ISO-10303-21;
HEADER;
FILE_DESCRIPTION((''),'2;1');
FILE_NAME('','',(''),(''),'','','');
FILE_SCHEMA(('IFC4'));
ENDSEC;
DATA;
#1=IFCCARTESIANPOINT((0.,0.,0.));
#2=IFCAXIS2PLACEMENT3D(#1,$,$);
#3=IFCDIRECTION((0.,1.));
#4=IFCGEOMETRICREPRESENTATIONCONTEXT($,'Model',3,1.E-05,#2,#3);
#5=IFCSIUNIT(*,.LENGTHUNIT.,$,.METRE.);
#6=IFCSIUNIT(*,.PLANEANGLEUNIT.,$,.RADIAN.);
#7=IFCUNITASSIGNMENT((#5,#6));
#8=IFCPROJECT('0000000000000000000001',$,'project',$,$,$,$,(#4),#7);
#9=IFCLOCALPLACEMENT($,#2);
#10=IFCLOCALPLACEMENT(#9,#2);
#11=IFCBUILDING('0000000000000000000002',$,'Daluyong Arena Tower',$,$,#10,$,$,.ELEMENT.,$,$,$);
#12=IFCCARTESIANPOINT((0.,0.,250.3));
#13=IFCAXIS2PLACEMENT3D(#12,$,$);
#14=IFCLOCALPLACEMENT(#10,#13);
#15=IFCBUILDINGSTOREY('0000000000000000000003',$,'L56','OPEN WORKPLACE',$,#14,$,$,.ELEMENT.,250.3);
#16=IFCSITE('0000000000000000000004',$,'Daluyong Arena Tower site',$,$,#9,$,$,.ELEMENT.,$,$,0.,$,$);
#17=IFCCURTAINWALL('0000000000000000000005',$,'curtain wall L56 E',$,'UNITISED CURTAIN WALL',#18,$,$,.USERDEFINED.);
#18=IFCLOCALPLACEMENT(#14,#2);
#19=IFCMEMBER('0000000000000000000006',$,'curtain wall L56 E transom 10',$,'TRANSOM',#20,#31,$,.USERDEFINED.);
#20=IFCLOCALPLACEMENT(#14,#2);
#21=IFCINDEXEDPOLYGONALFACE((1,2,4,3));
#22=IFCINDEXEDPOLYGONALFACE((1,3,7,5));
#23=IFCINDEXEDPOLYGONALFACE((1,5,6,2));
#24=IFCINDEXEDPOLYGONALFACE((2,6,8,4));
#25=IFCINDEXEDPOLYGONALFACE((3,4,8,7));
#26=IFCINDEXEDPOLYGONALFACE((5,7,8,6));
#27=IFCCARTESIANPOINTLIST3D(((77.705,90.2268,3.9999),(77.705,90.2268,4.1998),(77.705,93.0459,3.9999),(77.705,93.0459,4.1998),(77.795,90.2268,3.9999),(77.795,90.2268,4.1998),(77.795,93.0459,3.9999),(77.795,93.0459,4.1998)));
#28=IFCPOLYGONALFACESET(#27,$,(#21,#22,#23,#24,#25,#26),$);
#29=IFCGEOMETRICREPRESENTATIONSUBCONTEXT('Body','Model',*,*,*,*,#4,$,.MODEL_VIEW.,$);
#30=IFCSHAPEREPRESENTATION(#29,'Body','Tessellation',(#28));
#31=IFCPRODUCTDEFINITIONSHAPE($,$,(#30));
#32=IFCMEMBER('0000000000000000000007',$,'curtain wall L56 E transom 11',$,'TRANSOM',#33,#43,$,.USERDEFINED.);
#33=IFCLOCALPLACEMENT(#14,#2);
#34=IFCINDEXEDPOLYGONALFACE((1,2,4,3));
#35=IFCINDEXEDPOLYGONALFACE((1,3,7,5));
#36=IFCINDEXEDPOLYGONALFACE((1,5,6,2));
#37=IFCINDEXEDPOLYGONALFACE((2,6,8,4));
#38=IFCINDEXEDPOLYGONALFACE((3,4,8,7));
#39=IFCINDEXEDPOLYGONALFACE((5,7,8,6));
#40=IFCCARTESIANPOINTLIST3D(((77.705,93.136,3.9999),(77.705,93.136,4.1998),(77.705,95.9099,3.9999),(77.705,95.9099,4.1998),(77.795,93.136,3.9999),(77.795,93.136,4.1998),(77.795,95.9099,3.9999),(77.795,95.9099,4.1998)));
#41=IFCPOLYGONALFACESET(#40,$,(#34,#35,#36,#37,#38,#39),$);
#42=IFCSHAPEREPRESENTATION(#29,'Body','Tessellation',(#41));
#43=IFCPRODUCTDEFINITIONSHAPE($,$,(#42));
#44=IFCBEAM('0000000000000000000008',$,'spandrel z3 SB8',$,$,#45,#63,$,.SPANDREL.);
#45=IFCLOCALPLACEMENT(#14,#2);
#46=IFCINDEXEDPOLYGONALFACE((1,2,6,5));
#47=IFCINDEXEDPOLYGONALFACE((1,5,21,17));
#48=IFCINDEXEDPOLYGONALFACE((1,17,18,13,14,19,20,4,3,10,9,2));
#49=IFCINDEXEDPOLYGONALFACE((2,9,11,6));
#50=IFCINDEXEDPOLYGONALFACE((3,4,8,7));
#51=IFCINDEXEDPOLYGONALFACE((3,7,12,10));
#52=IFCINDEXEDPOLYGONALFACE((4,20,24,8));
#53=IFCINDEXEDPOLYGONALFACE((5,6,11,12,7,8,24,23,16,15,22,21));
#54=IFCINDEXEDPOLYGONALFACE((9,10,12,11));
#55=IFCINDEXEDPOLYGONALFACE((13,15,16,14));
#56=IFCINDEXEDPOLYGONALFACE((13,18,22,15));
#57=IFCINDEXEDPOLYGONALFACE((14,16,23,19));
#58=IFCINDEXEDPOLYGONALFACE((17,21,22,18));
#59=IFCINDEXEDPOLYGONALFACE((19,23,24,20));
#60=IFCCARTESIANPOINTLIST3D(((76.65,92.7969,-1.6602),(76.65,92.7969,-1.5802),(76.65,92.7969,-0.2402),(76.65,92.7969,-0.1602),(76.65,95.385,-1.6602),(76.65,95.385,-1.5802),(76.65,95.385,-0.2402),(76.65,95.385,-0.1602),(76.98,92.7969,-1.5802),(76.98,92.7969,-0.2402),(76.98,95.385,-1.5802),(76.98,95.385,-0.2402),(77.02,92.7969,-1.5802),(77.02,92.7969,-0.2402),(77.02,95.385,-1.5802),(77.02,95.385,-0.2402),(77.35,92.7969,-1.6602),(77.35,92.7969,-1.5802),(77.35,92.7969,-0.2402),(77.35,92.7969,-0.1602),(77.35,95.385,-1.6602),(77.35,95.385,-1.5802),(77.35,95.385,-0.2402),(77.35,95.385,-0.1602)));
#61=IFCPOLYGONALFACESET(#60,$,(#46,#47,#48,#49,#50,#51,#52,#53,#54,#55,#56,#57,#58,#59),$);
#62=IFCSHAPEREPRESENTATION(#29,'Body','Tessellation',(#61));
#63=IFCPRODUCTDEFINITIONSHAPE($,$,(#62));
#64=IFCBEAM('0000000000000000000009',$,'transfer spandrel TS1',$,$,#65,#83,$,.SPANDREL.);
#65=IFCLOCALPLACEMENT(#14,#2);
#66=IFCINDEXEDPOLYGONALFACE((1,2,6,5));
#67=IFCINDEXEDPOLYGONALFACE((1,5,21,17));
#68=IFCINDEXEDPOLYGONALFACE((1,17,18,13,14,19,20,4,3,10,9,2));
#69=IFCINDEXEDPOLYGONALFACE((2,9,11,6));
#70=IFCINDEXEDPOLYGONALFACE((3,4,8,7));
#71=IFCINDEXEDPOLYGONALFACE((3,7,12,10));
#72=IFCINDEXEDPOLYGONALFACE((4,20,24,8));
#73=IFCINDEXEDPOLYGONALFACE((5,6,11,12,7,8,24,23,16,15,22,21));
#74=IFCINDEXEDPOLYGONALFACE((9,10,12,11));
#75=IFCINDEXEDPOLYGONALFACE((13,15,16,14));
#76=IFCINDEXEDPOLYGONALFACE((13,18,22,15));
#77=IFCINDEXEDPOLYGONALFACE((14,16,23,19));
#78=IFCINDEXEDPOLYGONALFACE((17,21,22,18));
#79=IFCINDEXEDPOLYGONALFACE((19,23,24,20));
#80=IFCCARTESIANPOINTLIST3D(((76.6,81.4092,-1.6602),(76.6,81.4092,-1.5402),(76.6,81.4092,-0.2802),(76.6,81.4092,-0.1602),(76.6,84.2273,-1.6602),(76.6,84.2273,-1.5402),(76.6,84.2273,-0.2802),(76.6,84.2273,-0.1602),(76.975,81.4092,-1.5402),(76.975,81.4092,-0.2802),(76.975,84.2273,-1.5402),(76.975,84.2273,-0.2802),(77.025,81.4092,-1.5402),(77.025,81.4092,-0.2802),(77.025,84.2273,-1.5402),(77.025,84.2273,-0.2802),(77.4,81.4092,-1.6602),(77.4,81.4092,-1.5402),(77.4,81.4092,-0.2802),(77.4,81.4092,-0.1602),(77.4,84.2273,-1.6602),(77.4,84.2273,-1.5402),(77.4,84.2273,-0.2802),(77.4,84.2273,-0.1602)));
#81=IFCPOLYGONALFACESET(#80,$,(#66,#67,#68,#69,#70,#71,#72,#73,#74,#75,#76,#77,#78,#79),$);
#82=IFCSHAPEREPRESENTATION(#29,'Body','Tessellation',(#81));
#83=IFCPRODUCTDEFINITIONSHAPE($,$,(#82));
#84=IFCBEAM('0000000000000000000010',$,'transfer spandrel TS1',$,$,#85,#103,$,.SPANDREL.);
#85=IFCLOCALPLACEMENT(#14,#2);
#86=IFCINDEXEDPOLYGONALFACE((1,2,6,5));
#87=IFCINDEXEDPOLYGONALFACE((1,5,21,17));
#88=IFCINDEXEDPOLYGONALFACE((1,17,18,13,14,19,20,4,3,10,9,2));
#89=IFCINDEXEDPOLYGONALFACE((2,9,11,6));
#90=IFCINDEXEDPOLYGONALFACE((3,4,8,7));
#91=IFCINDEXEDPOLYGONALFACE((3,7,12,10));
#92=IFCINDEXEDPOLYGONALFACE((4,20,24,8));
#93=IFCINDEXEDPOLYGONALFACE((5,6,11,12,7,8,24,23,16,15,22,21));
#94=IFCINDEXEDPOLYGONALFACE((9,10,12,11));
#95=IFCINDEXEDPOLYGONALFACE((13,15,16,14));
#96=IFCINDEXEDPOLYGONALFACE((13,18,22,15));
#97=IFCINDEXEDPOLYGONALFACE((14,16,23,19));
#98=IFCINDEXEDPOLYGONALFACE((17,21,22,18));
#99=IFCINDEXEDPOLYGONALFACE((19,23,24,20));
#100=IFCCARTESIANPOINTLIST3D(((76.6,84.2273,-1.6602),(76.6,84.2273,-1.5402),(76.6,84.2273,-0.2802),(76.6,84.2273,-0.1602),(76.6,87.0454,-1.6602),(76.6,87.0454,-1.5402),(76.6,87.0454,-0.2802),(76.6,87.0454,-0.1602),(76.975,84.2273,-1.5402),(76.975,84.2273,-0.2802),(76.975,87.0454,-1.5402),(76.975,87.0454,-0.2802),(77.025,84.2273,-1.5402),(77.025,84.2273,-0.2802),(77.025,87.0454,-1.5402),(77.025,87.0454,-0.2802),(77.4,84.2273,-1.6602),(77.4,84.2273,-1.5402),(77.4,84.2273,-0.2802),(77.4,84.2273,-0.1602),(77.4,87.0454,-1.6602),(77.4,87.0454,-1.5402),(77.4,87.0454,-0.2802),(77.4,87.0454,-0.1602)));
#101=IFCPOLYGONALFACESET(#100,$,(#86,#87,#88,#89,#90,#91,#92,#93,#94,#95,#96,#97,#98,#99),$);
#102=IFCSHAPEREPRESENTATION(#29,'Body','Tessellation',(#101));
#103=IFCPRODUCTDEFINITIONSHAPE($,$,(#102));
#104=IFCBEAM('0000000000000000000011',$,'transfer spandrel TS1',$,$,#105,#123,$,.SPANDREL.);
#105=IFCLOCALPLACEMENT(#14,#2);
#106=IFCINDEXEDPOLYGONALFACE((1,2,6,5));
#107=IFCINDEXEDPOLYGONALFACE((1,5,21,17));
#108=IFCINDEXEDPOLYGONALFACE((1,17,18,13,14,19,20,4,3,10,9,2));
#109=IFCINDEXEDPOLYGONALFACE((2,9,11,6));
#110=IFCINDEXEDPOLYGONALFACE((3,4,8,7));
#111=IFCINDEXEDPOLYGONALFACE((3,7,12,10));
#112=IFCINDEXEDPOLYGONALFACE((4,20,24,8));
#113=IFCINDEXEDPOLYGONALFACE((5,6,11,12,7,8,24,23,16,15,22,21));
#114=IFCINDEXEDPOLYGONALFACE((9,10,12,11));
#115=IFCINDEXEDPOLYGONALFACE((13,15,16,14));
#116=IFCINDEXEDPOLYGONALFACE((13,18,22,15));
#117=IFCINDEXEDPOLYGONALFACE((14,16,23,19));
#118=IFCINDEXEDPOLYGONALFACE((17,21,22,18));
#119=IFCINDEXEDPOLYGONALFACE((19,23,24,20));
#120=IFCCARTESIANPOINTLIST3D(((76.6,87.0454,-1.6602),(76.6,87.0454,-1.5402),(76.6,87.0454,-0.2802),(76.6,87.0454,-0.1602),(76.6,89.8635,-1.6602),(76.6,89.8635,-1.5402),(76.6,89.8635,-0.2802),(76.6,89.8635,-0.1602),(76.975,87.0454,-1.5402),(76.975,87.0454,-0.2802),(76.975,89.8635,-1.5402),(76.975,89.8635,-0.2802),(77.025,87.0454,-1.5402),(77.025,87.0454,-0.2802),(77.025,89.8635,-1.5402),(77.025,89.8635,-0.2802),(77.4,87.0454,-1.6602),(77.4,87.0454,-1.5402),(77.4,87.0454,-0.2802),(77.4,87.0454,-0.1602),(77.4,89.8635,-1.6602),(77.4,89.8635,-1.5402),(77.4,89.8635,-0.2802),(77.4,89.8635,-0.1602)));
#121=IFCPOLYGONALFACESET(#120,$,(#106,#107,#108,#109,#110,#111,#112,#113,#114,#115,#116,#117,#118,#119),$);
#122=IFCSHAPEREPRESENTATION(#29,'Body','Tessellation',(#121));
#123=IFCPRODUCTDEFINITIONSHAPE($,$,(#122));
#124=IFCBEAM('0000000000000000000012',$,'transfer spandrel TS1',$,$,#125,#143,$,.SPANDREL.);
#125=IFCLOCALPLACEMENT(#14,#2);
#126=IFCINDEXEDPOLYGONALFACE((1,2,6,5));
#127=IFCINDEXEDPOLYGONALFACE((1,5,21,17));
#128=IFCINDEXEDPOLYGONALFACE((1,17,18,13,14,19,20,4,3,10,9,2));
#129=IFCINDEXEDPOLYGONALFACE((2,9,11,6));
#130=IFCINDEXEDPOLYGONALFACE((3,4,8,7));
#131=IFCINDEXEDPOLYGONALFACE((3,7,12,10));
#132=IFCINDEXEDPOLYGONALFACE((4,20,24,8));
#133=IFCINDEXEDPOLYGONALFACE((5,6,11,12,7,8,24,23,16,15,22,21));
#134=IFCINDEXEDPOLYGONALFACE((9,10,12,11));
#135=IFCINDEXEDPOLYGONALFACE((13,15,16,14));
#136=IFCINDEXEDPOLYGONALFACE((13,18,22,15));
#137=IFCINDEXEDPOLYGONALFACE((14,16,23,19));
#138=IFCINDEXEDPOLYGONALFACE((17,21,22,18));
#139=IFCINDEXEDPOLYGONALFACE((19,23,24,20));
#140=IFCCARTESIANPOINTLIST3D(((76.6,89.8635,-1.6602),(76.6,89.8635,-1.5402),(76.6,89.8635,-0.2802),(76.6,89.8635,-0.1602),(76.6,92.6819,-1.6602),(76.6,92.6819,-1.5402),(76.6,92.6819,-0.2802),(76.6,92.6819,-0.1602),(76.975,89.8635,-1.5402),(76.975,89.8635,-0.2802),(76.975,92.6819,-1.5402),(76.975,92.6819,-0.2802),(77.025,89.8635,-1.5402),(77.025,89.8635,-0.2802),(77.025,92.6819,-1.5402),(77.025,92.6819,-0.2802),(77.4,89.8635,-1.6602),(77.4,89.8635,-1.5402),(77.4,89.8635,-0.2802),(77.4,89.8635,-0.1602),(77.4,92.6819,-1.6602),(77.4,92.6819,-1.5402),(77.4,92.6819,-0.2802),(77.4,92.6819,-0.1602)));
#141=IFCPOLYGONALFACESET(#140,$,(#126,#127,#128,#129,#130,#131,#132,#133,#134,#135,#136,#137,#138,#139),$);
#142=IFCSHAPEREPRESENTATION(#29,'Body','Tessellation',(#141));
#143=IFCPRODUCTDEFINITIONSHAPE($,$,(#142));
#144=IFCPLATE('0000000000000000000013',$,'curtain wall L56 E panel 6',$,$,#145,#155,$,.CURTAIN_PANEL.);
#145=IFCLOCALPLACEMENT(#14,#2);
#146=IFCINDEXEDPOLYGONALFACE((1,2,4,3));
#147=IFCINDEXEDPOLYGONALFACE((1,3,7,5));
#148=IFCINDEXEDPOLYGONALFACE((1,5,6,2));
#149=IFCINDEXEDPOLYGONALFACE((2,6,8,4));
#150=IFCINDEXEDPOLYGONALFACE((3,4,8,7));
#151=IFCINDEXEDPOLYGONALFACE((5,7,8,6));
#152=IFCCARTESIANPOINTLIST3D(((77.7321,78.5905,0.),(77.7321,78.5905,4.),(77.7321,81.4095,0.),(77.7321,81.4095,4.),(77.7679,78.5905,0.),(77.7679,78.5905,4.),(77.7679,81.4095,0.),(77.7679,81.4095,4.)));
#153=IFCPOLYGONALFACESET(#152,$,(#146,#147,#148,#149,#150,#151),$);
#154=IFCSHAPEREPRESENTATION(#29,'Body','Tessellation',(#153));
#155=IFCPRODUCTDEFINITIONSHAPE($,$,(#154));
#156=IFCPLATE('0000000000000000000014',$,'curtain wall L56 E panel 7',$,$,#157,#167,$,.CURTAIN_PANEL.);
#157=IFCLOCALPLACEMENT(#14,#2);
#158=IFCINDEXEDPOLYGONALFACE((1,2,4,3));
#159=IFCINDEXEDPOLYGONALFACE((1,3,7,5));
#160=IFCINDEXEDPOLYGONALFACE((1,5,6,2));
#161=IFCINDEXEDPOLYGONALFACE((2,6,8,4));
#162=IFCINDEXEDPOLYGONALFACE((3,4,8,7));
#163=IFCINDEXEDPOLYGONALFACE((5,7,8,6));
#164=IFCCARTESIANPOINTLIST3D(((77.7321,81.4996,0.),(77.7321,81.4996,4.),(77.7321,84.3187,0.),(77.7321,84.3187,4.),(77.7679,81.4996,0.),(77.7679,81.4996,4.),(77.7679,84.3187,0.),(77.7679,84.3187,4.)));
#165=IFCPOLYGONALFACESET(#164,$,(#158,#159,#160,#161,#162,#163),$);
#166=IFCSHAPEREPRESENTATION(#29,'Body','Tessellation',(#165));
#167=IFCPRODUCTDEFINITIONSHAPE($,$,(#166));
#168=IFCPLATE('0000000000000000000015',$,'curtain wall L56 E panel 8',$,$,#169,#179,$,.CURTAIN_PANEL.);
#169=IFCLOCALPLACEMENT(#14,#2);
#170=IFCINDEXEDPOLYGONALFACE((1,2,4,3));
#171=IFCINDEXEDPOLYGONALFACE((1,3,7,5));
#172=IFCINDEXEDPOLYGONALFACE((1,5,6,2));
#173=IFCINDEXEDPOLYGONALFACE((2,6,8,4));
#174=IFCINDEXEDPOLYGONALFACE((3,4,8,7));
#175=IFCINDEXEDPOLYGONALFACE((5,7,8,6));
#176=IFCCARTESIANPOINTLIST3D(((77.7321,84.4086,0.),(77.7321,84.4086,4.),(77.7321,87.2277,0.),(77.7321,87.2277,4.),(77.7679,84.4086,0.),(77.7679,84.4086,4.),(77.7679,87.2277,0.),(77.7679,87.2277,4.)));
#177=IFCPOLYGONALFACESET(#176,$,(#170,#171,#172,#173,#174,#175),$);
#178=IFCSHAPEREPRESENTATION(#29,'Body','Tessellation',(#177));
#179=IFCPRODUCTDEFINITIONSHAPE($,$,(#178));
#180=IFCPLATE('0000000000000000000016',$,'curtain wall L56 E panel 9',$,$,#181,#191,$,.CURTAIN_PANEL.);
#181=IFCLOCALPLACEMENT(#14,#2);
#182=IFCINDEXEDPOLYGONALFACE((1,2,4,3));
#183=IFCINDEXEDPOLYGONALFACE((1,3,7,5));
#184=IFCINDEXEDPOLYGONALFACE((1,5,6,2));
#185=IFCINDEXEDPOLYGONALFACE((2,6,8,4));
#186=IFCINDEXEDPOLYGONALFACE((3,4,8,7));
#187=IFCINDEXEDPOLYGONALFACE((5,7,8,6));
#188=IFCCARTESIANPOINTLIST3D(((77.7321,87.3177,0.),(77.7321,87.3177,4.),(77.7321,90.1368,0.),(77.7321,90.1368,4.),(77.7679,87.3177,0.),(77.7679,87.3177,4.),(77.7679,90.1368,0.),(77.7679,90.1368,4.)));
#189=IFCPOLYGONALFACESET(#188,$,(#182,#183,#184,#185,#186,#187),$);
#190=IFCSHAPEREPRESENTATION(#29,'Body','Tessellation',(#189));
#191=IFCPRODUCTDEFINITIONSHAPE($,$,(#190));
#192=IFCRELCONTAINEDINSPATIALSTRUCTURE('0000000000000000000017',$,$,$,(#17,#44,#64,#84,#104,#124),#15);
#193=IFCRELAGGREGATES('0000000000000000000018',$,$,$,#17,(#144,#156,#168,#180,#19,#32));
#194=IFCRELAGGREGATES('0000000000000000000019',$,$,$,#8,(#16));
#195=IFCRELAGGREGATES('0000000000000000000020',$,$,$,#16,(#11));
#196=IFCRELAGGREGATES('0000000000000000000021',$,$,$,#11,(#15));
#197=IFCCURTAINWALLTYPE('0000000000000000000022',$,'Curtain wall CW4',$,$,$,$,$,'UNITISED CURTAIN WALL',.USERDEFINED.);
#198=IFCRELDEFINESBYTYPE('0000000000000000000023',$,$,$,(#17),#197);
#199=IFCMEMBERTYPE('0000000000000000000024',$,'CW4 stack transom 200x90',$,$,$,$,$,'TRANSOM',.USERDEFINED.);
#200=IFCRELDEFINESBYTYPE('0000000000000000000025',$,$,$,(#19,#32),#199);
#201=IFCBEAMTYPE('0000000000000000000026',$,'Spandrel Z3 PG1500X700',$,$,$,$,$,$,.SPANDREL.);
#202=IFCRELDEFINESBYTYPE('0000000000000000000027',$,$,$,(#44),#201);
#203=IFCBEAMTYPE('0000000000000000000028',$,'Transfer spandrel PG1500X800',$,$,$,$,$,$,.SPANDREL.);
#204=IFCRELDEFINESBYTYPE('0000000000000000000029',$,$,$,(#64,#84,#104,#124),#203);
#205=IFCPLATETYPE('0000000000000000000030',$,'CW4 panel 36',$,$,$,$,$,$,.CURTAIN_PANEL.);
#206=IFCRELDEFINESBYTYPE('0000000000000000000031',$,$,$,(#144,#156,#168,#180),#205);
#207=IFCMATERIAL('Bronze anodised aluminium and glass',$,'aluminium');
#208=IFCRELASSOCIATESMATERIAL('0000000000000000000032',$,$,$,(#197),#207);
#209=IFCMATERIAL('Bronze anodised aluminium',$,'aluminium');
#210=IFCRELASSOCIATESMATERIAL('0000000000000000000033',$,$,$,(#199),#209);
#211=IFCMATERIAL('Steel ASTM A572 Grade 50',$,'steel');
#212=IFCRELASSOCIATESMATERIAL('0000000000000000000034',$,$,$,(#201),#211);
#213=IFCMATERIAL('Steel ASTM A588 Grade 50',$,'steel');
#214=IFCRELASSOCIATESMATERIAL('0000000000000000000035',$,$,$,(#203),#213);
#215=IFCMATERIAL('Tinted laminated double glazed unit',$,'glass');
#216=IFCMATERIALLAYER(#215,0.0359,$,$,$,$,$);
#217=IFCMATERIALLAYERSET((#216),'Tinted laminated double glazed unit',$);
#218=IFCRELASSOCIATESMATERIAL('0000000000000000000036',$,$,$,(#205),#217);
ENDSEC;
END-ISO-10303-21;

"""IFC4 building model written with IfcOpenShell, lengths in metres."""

from ifc_helpers import new_model, si_unit, direction, frame, origin, origin_2d, place, context, subcontext, project, spatial, rectangle, i_section, extrude, material, layer, layer_set, material_profile, profile_set, type_object, element, aggregate, save


model = new_model("IFC4")

# Units and contexts
model_context = context("Model", 3, precision=1e-05, world=origin(), true_north=direction((0.0, 1.0)))
body_context = subcontext(model_context, "Body", "Model", "MODEL_VIEW")
ifc_project = project(units=[si_unit("LENGTHUNIT", "METRE"), si_unit("PLANEANGLEUNIT", "RADIAN")], contexts=[model_context])

# Site, building, storey
site_placement = place(None, origin())
site = spatial("IfcSite", under=ifc_project, at=site_placement, Name="Daluyong Arena Tower site", CompositionType="ELEMENT", RefElevation=0.0)
building_placement = place(site_placement, origin())
building = spatial("IfcBuilding", under=site, at=building_placement, Name="Daluyong Arena Tower", CompositionType="ELEMENT")
storey_placement = place(building_placement, frame((0.0, 0.0, 250.3)))
storey = spatial("IfcBuildingStorey", under=building, at=storey_placement, Name="L56", Description="OPEN WORKPLACE", CompositionType="ELEMENT", Elevation=250.3)

# Curtain wall, members
ifc_material_1 = material(Name="Bronze anodised aluminium and glass", Category="aluminium")
curtain_wall_type = type_object("IfcCurtainWallType", Name="Curtain wall CW4", ElementType="UNITISED CURTAIN WALL", PredefinedType="USERDEFINED", material=ifc_material_1)
curtain_wall_placement = place(storey_placement, origin())
curtain_wall = element("IfcCurtainWall", 1, at=curtain_wall_placement, inside=storey, type_object=curtain_wall_type, Name="curtain wall L56 E", ObjectType="UNITISED CURTAIN WALL", PredefinedType="USERDEFINED")
ifc_material_2 = material(Name="Bronze anodised aluminium", Category="aluminium")
ifc_material_profile_1 = material_profile(ifc_material_2, rectangle(XDim=0.0901, YDim=0.2, at=origin_2d()))
ifc_profile_set_1 = profile_set([ifc_material_profile_1], Name="Bronze anodised aluminium")
member_type_1 = type_object("IfcMemberType", Name="CW4 stack transom 200x90", ElementType="TRANSOM", PredefinedType="USERDEFINED", material=ifc_profile_set_1)
member_1_placement = place(storey_placement, frame((77.75, 90.2268, 4.0999), z_axis=(0.0, 1.0, 0.0), x_axis=(-1.0, 0.0, 0.0)))
member_1 = element("IfcMember", 2, at=member_1_placement, type_object=member_type_1, Name="curtain wall L56 E transom 10", ObjectType="TRANSOM", PredefinedType="USERDEFINED", context=body_context, shape_type="SweptSolid", body=[
    extrude(rectangle(XDim=0.0901, YDim=0.2, at=origin_2d()), origin(), (0.0, 0.0, 1.0), 2.8191),
])
member_2_placement = place(storey_placement, frame((77.75, 93.136, 4.0999), z_axis=(0.0, 1.0, 0.0), x_axis=(-1.0, 0.0, 0.0)))
member_2 = element("IfcMember", 3, at=member_2_placement, type_object=member_type_1, Name="curtain wall L56 E transom 11", ObjectType="TRANSOM", PredefinedType="USERDEFINED", context=body_context, shape_type="SweptSolid", body=[
    extrude(rectangle(XDim=0.0901, YDim=0.2, at=origin_2d()), origin(), (0.0, 0.0, 1.0), 2.7739),
])

# Beams
ifc_material_3 = material(Name="Steel ASTM A572 Grade 50", Category="steel")
ifc_material_profile_2 = material_profile(ifc_material_3, i_section(OverallWidth=0.7, OverallDepth=1.5, WebThickness=0.04, FlangeThickness=0.08, at=origin_2d()))
ifc_profile_set_2 = profile_set([ifc_material_profile_2], Name="Steel ASTM A572 Grade 50")
beam_type_1 = type_object("IfcBeamType", Name="Spandrel Z3 PG1500X700", PredefinedType="SPANDREL", material=ifc_profile_set_2)
beam_1_placement = place(storey_placement, frame((77.0, 92.7969, -0.9102), z_axis=(0.0, 1.0, 0.0), x_axis=(-1.0, 0.0, 0.0)))
element("IfcBeam", 4, at=beam_1_placement, inside=storey, type_object=beam_type_1, Name="spandrel z3 SB8", PredefinedType="SPANDREL", context=body_context, shape_type="SweptSolid", body=[
    extrude(i_section(OverallWidth=0.7, OverallDepth=1.5, WebThickness=0.04, FlangeThickness=0.08, at=origin_2d()), origin(), (0.0, 0.0, 1.0), 2.5881),
])
ifc_material_4 = material(Name="Steel ASTM A588 Grade 50", Category="steel")
ifc_material_profile_3 = material_profile(ifc_material_4, i_section(OverallWidth=0.8, OverallDepth=1.5, WebThickness=0.05, FlangeThickness=0.12, at=origin_2d()))
ifc_profile_set_3 = profile_set([ifc_material_profile_3], Name="Steel ASTM A588 Grade 50")
beam_type_2 = type_object("IfcBeamType", Name="Transfer spandrel PG1500X800", PredefinedType="SPANDREL", material=ifc_profile_set_3)
for number, where, z_axis, x_axis, name in (
    (5, (77.0, 81.4092, -0.9102), (0.0, 1.0, 0.0), (-1.0, 0.0, 0.0), "transfer spandrel TS1"),
    (6, (77.0, 84.2273, -0.9102), (0.0, 1.0, 0.0), (-1.0, 0.0, 0.0), "transfer spandrel TS1"),
    (7, (77.0, 87.0454, -0.9102), (0.0, 1.0, 0.0), (-1.0, 0.0, 0.0), "transfer spandrel TS1"),
):
    element("IfcBeam", number, at=place(storey_placement, frame(where, z_axis=z_axis, x_axis=x_axis)), inside=storey, type_object=beam_type_2, Name=name, PredefinedType="SPANDREL", context=body_context, shape_type="SweptSolid", body=[
        extrude(i_section(OverallWidth=0.8, OverallDepth=1.5, WebThickness=0.05, FlangeThickness=0.12, at=origin_2d()), origin(), (0.0, 0.0, 1.0), 2.8181),
    ])
beam_2_placement = place(storey_placement, frame((77.0, 89.8635, -0.9102), z_axis=(0.0, 1.0, 0.0), x_axis=(-1.0, 0.0, 0.0)))
element("IfcBeam", 8, at=beam_2_placement, inside=storey, type_object=beam_type_2, Name="transfer spandrel TS1", PredefinedType="SPANDREL", context=body_context, shape_type="SweptSolid", body=[
    extrude(i_section(OverallWidth=0.8, OverallDepth=1.5, WebThickness=0.05, FlangeThickness=0.12, at=origin_2d()), origin(), (0.0, 0.0, 1.0), 2.8184),
])

# Plates
ifc_material_5 = material(Name="Tinted laminated double glazed unit", Category="glass")
ifc_layer = layer(ifc_material_5, 0.0359)
ifc_layer_set = layer_set([ifc_layer], Name="Tinted laminated double glazed unit")
plate_type = type_object("IfcPlateType", Name="CW4 panel 36", PredefinedType="CURTAIN_PANEL", material=ifc_layer_set)
plate_1_placement = place(storey_placement, frame((77.75, 80.0, 0.0), z_axis=(0.0, 0.0, 1.0), x_axis=(0.0, 1.0, 0.0)))
plate_1 = element("IfcPlate", 9, at=plate_1_placement, type_object=plate_type, Name="curtain wall L56 E panel 6", PredefinedType="CURTAIN_PANEL", context=body_context, shape_type="SweptSolid", body=[
    extrude(rectangle(XDim=2.8191, YDim=0.0359, at=origin_2d()), origin(), (0.0, 0.0, 1.0), 4.0),
])
plate_2_placement = place(storey_placement, frame((77.75, 82.9092, 0.0), z_axis=(0.0, 0.0, 1.0), x_axis=(0.0, 1.0, 0.0)))
plate_2 = element("IfcPlate", 10, at=plate_2_placement, type_object=plate_type, Name="curtain wall L56 E panel 7", PredefinedType="CURTAIN_PANEL", context=body_context, shape_type="SweptSolid", body=[
    extrude(rectangle(XDim=2.8191, YDim=0.0359, at=origin_2d()), origin(), (0.0, 0.0, 1.0), 4.0),
])
plate_3_placement = place(storey_placement, frame((77.75, 85.8181, 0.0), z_axis=(0.0, 0.0, 1.0), x_axis=(0.0, 1.0, 0.0)))
plate_3 = element("IfcPlate", 11, at=plate_3_placement, type_object=plate_type, Name="curtain wall L56 E panel 8", PredefinedType="CURTAIN_PANEL", context=body_context, shape_type="SweptSolid", body=[
    extrude(rectangle(XDim=2.8191, YDim=0.0359, at=origin_2d()), origin(), (0.0, 0.0, 1.0), 4.0),
])
plate_4_placement = place(storey_placement, frame((77.75, 88.7273, 0.0), z_axis=(0.0, 0.0, 1.0), x_axis=(0.0, 1.0, 0.0)))
plate_4 = element("IfcPlate", 12, at=plate_4_placement, type_object=plate_type, Name="curtain wall L56 E panel 9", PredefinedType="CURTAIN_PANEL", context=body_context, shape_type="SweptSolid", body=[
    extrude(rectangle(XDim=2.8191, YDim=0.0359, at=origin_2d()), origin(), (0.0, 0.0, 1.0), 4.0),
])
aggregate(curtain_wall, [plate_1, plate_2, plate_3, plate_4, member_1, member_2])

save(model, "model.ifc")
